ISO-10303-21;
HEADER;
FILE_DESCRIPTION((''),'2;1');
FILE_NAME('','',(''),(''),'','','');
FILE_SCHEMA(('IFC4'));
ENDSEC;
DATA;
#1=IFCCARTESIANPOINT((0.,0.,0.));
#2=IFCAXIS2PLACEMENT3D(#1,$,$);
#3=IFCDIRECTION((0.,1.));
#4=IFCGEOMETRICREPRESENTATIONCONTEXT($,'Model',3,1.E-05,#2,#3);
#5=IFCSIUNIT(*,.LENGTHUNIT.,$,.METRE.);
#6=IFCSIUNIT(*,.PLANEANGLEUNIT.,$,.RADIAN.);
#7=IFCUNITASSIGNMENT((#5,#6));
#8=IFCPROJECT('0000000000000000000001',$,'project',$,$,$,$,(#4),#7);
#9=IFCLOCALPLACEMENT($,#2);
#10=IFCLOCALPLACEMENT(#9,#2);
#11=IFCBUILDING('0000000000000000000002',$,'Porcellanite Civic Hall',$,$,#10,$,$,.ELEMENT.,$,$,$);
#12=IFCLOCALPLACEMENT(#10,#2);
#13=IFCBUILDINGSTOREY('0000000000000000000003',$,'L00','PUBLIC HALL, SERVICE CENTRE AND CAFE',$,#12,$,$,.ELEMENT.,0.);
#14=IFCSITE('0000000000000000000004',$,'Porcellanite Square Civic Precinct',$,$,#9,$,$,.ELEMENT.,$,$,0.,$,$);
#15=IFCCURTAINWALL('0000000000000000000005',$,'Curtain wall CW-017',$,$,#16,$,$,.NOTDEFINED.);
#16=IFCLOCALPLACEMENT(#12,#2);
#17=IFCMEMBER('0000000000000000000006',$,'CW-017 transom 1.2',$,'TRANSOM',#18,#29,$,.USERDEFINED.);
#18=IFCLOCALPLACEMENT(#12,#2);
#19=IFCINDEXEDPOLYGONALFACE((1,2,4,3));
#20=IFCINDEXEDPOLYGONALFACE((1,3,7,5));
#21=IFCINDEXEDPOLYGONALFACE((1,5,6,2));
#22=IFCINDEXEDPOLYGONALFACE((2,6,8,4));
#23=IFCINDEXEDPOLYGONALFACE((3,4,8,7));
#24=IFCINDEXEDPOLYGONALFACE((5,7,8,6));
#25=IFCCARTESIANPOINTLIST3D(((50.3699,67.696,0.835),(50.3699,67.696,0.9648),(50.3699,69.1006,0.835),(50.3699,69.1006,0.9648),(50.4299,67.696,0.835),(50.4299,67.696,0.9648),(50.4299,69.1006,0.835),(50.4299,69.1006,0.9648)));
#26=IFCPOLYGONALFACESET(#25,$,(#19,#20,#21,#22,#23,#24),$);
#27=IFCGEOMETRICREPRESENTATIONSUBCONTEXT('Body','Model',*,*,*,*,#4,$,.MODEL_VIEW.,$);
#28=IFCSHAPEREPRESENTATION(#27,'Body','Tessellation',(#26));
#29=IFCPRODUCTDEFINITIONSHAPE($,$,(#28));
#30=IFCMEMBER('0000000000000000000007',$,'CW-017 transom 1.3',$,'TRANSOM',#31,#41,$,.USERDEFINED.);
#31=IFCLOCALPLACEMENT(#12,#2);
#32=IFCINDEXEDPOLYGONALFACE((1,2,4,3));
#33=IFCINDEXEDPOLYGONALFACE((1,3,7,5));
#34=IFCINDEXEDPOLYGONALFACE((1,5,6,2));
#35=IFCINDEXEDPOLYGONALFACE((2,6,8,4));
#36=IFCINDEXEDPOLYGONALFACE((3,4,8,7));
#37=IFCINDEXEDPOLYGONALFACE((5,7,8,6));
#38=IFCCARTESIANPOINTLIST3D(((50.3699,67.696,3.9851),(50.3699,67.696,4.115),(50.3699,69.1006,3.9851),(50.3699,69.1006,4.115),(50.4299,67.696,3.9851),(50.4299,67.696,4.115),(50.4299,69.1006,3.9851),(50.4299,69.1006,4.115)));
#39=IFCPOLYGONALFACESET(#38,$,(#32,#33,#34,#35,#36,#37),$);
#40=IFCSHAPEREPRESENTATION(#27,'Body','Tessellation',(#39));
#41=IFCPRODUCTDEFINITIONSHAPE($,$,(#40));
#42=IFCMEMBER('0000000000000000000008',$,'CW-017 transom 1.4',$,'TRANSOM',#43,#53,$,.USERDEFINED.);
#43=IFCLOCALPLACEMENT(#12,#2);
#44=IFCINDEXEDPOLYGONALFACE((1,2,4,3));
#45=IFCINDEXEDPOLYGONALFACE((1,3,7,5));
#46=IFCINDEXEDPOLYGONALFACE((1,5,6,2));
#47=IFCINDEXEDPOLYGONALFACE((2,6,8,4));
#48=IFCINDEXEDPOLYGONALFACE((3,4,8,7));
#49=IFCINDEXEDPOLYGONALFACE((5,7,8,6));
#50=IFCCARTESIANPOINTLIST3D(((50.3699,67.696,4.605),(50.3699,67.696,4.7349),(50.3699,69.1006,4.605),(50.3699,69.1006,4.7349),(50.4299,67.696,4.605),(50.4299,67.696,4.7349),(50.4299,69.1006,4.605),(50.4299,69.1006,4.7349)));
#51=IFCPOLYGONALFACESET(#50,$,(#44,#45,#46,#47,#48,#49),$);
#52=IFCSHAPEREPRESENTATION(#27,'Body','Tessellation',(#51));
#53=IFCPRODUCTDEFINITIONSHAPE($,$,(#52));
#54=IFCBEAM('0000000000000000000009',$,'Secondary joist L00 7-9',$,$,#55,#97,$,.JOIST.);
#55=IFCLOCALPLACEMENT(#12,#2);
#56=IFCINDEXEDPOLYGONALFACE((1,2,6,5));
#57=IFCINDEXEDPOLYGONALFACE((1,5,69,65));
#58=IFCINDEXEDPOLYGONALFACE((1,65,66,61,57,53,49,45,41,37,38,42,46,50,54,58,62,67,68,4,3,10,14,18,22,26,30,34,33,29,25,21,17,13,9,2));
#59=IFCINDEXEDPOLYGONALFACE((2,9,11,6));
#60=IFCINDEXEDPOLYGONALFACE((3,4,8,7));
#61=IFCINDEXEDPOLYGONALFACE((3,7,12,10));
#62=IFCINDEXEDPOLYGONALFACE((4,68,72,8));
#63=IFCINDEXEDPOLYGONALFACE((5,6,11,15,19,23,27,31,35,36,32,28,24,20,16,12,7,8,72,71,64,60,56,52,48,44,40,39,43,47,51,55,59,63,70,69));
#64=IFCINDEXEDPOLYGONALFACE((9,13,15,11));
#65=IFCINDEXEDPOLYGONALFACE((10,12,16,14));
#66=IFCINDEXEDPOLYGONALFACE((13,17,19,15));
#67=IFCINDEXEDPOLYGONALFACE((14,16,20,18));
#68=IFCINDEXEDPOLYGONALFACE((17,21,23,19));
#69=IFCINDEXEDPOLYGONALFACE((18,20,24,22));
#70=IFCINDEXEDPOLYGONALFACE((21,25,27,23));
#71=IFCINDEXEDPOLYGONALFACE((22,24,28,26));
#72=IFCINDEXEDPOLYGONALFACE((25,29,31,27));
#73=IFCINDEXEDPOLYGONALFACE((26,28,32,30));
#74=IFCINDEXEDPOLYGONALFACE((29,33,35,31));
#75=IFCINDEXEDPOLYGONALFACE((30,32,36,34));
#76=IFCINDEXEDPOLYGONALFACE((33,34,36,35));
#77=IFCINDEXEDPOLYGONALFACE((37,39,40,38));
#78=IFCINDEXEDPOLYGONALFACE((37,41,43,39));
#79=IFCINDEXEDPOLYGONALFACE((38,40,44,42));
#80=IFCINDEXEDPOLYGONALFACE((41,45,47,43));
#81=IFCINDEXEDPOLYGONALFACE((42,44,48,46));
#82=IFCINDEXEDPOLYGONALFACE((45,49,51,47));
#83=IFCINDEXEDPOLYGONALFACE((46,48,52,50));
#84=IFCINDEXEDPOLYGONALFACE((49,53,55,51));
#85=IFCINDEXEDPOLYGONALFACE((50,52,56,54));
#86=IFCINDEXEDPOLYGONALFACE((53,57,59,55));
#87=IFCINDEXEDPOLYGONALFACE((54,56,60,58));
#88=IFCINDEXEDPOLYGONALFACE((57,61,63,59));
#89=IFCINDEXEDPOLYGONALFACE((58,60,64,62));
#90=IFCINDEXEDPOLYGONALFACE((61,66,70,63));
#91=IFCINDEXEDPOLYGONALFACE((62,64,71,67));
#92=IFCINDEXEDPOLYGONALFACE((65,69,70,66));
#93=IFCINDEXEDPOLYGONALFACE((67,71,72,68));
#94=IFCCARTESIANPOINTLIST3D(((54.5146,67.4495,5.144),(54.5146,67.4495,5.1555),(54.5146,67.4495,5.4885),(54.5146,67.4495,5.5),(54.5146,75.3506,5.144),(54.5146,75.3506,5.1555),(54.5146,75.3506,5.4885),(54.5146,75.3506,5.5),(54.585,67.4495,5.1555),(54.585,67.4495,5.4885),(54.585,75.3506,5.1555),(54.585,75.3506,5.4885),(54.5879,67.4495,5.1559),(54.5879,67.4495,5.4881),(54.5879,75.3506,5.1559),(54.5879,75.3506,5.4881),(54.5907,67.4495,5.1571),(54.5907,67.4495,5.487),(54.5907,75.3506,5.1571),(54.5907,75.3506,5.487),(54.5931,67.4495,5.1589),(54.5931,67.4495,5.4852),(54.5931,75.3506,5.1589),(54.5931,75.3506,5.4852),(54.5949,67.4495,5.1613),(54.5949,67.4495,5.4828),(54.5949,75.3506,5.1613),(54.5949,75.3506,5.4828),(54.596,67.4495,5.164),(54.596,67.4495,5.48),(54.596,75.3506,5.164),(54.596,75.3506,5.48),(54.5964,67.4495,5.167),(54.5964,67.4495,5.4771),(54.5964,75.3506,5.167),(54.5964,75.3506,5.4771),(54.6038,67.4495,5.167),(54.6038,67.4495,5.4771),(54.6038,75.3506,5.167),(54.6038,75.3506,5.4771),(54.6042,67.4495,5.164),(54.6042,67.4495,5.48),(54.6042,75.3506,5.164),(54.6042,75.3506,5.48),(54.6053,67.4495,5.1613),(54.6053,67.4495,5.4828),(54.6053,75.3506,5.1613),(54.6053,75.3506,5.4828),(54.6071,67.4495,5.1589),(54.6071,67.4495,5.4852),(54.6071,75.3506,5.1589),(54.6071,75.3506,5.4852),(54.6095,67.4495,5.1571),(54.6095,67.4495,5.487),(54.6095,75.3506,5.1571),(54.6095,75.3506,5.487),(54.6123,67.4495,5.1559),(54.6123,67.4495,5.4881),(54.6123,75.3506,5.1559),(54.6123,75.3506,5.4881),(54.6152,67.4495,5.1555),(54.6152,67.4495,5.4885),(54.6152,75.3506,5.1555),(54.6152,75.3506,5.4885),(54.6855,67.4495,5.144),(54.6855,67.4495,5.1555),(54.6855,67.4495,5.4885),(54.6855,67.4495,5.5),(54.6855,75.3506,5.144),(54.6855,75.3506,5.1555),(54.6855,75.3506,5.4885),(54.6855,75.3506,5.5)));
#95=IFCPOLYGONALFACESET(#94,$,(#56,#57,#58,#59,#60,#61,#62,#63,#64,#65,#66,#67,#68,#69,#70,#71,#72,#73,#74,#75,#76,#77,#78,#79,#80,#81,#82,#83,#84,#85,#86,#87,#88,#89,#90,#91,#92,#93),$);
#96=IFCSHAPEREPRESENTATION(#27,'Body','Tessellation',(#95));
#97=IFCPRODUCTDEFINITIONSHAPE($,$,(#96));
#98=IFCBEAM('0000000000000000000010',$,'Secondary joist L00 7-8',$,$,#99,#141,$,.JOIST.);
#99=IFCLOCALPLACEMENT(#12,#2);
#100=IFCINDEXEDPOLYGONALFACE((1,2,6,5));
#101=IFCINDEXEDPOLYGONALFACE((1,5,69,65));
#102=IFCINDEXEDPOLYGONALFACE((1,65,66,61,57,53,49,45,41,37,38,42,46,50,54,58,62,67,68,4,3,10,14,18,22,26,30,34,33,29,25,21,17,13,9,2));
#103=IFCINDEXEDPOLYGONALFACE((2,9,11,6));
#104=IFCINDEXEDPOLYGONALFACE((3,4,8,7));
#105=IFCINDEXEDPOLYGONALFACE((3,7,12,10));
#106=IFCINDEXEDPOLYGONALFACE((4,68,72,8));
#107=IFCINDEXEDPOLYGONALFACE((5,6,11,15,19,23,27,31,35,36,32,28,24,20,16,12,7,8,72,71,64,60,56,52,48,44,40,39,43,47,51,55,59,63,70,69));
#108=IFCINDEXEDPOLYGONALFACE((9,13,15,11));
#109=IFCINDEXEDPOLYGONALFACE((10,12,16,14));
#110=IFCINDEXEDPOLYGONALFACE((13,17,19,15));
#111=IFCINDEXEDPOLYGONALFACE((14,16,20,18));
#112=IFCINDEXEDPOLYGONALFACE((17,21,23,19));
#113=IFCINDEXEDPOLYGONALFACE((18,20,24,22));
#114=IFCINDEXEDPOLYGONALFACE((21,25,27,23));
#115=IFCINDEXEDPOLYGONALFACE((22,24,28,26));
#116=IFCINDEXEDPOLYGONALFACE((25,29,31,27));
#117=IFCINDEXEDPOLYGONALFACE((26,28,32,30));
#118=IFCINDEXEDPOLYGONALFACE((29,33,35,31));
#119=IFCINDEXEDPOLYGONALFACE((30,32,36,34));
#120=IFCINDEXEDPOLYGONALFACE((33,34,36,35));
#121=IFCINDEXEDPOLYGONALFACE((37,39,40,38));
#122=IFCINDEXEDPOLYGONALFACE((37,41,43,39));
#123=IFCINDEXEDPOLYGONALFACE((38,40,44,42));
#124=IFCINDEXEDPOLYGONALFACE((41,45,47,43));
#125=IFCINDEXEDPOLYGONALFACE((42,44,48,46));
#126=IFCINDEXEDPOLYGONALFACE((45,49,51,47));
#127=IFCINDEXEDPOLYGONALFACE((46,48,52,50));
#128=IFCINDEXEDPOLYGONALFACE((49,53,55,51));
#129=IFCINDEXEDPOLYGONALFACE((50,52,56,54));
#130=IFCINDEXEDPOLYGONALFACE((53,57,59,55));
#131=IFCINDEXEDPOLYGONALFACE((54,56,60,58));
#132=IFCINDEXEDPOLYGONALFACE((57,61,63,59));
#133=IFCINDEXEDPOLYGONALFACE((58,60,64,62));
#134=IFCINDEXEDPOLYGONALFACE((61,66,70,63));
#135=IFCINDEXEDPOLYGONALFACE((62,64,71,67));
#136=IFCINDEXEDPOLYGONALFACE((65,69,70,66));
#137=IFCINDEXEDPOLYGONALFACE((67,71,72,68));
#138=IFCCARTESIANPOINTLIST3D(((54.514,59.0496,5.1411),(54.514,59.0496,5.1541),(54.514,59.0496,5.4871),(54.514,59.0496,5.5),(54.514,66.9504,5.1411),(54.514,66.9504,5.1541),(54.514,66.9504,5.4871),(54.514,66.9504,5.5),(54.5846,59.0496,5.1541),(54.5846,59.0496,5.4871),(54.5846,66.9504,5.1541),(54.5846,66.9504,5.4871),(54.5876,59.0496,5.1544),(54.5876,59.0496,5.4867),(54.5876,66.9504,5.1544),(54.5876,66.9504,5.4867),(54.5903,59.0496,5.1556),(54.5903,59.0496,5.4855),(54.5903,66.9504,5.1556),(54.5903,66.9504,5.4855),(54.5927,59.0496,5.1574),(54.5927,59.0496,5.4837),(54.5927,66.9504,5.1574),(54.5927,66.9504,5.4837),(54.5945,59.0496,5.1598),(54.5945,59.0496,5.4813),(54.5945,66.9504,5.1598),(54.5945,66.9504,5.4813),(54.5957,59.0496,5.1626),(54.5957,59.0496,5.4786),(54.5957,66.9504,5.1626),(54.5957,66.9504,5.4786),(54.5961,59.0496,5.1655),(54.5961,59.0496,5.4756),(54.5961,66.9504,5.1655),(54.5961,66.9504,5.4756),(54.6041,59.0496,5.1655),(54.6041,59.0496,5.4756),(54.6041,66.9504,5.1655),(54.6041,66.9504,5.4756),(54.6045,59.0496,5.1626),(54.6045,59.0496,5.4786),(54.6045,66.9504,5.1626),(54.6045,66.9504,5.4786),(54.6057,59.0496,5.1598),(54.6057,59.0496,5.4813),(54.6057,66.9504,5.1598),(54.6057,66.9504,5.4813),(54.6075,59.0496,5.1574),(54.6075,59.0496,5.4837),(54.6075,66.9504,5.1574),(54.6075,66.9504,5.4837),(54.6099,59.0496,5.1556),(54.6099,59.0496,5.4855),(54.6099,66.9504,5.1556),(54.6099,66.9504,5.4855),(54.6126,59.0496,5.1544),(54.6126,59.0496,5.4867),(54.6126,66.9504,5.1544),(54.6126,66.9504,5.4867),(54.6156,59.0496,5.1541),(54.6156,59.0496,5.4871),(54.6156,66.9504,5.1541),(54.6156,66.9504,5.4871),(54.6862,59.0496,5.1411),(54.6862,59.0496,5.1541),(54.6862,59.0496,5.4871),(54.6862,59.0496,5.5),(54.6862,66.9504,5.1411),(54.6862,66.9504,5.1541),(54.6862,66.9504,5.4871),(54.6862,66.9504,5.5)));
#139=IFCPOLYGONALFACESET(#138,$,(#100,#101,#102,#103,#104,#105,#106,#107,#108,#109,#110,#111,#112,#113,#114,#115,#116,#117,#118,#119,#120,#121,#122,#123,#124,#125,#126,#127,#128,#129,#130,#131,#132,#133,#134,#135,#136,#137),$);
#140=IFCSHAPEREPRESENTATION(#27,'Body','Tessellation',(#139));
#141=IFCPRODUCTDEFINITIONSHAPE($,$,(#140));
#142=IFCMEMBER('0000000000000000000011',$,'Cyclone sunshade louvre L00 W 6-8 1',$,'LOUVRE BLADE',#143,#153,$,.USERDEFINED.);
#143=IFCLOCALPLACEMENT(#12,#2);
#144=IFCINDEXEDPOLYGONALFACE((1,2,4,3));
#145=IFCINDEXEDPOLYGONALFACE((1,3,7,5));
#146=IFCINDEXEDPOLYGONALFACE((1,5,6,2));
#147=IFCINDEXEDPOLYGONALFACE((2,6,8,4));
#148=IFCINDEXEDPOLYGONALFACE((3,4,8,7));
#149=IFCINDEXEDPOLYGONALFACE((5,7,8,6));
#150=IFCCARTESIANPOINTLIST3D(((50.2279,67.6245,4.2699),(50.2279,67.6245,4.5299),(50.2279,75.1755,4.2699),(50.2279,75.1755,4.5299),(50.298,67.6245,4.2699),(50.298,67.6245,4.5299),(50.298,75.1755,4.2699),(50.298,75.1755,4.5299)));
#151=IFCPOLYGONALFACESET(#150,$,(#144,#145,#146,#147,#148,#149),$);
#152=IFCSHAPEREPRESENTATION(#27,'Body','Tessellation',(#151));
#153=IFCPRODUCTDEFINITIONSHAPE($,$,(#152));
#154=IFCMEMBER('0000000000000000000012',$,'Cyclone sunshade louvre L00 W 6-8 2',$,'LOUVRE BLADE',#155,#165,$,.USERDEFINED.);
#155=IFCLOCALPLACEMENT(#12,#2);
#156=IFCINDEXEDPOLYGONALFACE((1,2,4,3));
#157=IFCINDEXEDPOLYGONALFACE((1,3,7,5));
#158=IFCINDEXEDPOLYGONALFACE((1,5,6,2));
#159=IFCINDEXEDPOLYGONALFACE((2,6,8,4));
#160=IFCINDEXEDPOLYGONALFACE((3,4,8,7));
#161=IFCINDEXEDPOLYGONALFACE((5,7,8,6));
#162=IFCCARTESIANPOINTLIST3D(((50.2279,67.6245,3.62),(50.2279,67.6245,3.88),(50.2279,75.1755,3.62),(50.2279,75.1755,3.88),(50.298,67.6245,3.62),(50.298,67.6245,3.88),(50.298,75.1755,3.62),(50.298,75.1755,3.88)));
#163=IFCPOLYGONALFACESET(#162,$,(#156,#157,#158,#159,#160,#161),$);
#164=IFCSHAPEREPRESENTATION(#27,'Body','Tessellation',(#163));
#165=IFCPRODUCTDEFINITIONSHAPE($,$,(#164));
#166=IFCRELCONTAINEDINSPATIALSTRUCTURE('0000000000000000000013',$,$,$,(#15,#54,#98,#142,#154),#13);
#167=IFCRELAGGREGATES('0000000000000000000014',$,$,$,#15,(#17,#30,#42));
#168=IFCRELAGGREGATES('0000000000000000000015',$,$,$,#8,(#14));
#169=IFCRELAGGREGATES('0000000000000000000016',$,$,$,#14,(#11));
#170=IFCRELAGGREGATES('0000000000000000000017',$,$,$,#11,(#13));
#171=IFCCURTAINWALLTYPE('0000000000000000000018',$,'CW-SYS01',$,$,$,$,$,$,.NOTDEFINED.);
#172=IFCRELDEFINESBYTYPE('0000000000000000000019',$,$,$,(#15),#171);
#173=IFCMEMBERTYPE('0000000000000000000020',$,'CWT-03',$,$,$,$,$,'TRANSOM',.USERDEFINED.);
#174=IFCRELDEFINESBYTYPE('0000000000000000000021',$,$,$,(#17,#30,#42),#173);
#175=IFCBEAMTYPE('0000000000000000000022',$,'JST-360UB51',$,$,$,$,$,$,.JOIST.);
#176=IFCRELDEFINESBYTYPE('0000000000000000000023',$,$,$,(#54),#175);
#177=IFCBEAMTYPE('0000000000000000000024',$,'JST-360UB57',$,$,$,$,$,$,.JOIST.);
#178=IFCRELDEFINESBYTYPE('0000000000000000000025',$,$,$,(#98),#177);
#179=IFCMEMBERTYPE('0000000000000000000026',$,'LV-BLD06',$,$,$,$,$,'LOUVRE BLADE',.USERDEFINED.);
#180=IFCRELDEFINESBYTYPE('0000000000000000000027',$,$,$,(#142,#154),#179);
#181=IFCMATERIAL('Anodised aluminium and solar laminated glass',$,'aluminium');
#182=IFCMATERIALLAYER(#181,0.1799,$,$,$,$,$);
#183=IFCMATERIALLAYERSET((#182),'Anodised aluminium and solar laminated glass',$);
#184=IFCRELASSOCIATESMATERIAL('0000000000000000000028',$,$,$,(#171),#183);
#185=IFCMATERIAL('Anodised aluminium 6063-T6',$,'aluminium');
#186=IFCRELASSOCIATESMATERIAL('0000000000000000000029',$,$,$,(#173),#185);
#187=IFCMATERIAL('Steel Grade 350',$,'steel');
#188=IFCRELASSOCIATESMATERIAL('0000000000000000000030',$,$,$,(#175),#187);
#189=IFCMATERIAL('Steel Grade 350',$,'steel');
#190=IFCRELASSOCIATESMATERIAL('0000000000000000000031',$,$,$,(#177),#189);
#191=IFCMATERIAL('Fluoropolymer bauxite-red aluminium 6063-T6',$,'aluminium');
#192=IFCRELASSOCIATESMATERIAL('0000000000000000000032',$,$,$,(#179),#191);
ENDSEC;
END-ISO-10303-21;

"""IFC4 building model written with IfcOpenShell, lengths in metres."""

from ifc_helpers import new_model, si_unit, direction, frame, origin, origin_2d, place, context, subcontext, project, spatial, rectangle, i_section, extrude, material, layer, layer_set, material_profile, profile_set, type_object, element, aggregate, save


model = new_model("IFC4")

# Units and contexts
model_context = context("Model", 3, precision=1e-05, world=origin(), true_north=direction((0.0, 1.0)))
body_context = subcontext(model_context, "Body", "Model", "MODEL_VIEW")
ifc_project = project(units=[si_unit("LENGTHUNIT", "METRE"), si_unit("PLANEANGLEUNIT", "RADIAN")], contexts=[model_context])

# Site, building, storey
site_placement = place(None, origin())
site = spatial("IfcSite", under=ifc_project, at=site_placement, Name="Porcellanite Square Civic Precinct", CompositionType="ELEMENT", RefElevation=0.0)
building_placement = place(site_placement, origin())
building = spatial("IfcBuilding", under=site, at=building_placement, Name="Porcellanite Civic Hall", CompositionType="ELEMENT")
storey_placement = place(building_placement, origin())
storey = spatial("IfcBuildingStorey", under=building, at=storey_placement, Name="L00", Description="PUBLIC HALL, SERVICE CENTRE AND CAFE", CompositionType="ELEMENT", Elevation=0.0)

# Curtain wall, members
ifc_material_1 = material(Name="Anodised aluminium and solar laminated glass", Category="aluminium")
ifc_layer_1 = layer(ifc_material_1, 0.1799)
ifc_layer_set_1 = layer_set([ifc_layer_1], Name="Anodised aluminium and solar laminated glass")
curtain_wall_type_1 = type_object("IfcCurtainWallType", Name="CW-SYS01", PredefinedType="NOTDEFINED", material=ifc_layer_set_1)
curtain_wall_1_placement = place(storey_placement, origin())
curtain_wall_1 = element("IfcCurtainWall", 1, at=curtain_wall_1_placement, inside=storey, type_object=curtain_wall_type_1, Name="Curtain wall CW-017", PredefinedType="NOTDEFINED")
ifc_material_2 = material(Name="Anodised aluminium 6063-T6", Category="aluminium")
ifc_material_profile_1 = material_profile(ifc_material_2, rectangle(XDim=0.0601, YDim=0.1299, at=origin_2d()), Name="AL-60x130")
ifc_profile_set_1 = profile_set([ifc_material_profile_1], Name="Anodised aluminium 6063-T6")
member_type_1 = type_object("IfcMemberType", Name="CWT-03", ElementType="TRANSOM", PredefinedType="USERDEFINED", material=ifc_profile_set_1)
member_1_placement = place(storey_placement, frame((50.3999, 67.696, 0.8999), z_axis=(0.0, 1.0, 0.0), x_axis=(-1.0, 0.0, 0.0)))
member_1 = element("IfcMember", 2, at=member_1_placement, type_object=member_type_1, Name="CW-017 transom 1.2", ObjectType="TRANSOM", PredefinedType="USERDEFINED", context=body_context, shape_type="SweptSolid", body=[
    extrude(rectangle(XDim=0.0601, YDim=0.1299, at=origin_2d()), origin(), (0.0, 0.0, 1.0), 1.4045),
])
member_2_placement = place(storey_placement, frame((50.3999, 67.696, 4.05), z_axis=(0.0, 1.0, 0.0), x_axis=(-1.0, 0.0, 0.0)))
member_2 = element("IfcMember", 3, at=member_2_placement, type_object=member_type_1, Name="CW-017 transom 1.3", ObjectType="TRANSOM", PredefinedType="USERDEFINED", context=body_context, shape_type="SweptSolid", body=[
    extrude(rectangle(XDim=0.0601, YDim=0.1299, at=origin_2d()), origin(), (0.0, 0.0, 1.0), 1.4045),
])
member_3_placement = place(storey_placement, frame((50.3999, 67.696, 4.6699), z_axis=(0.0, 1.0, 0.0), x_axis=(-1.0, 0.0, 0.0)))
member_3 = element("IfcMember", 4, at=member_3_placement, type_object=member_type_1, Name="CW-017 transom 1.4", ObjectType="TRANSOM", PredefinedType="USERDEFINED", context=body_context, shape_type="SweptSolid", body=[
    extrude(rectangle(XDim=0.0601, YDim=0.1299, at=origin_2d()), origin(), (0.0, 0.0, 1.0), 1.4045),
])

# Beams
ifc_material_3 = material(Name="Steel Grade 350", Category="steel")
ifc_material_profile_2 = material_profile(ifc_material_3, i_section(OverallWidth=0.1709, OverallDepth=0.356, WebThickness=0.0073, FlangeThickness=0.0115, FilletRadius=0.0115, at=origin_2d()), Name="360UB50.7")
ifc_profile_set_2 = profile_set([ifc_material_profile_2], Name="Steel Grade 350")
beam_type_1 = type_object("IfcBeamType", Name="JST-360UB51", PredefinedType="JOIST", material=ifc_profile_set_2)
beam_1_placement = place(storey_placement, frame((54.6001, 67.4495, 5.322), z_axis=(0.0, 1.0, 0.0), x_axis=(-1.0, 0.0, 0.0)))
element("IfcBeam", 5, at=beam_1_placement, inside=storey, type_object=beam_type_1, Name="Secondary joist L00 7-9", PredefinedType="JOIST", context=body_context, shape_type="SweptSolid", body=[
    extrude(i_section(OverallWidth=0.1709, OverallDepth=0.356, WebThickness=0.0073, FlangeThickness=0.0115, FilletRadius=0.0115, at=origin_2d()), origin(), (0.0, 0.0, 1.0), 7.9011),
])
ifc_material_4 = material(Name="Steel Grade 350", Category="steel")
ifc_material_profile_3 = material_profile(ifc_material_4, i_section(OverallWidth=0.1721, OverallDepth=0.3589, WebThickness=0.0081, FlangeThickness=0.0129, FilletRadius=0.0115, at=origin_2d()), Name="360UB56.7")
ifc_profile_set_3 = profile_set([ifc_material_profile_3], Name="Steel Grade 350")
beam_type_2 = type_object("IfcBeamType", Name="JST-360UB57", PredefinedType="JOIST", material=ifc_profile_set_3)
beam_2_placement = place(storey_placement, frame((54.6001, 59.0496, 5.3206), z_axis=(0.0, 1.0, 0.0), x_axis=(-1.0, 0.0, 0.0)))
element("IfcBeam", 6, at=beam_2_placement, inside=storey, type_object=beam_type_2, Name="Secondary joist L00 7-8", PredefinedType="JOIST", context=body_context, shape_type="SweptSolid", body=[
    extrude(i_section(OverallWidth=0.1721, OverallDepth=0.3589, WebThickness=0.0081, FlangeThickness=0.0129, FilletRadius=0.0115, at=origin_2d()), origin(), (0.0, 0.0, 1.0), 7.9009),
])

# Members
ifc_material_5 = material(Name="Fluoropolymer bauxite-red aluminium 6063-T6", Category="aluminium")
ifc_material_profile_4 = material_profile(ifc_material_5, rectangle(XDim=0.0701, YDim=0.26, at=origin_2d()), Name="AL-70x260")
ifc_profile_set_4 = profile_set([ifc_material_profile_4], Name="Fluoropolymer bauxite-red aluminium 6063-T6")
member_type_2 = type_object("IfcMemberType", Name="LV-BLD06", ElementType="LOUVRE BLADE", PredefinedType="USERDEFINED", material=ifc_profile_set_4)
for number, where, z_axis, x_axis, name in (
    (7, (50.2629, 67.6245, 4.3999), (0.0, 1.0, 0.0), (-1.0, 0.0, 0.0), "Cyclone sunshade louvre L00 W 6-8 1"),
    (8, (50.2629, 67.6245, 3.75), (0.0, 1.0, 0.0), (-1.0, 0.0, 0.0), "Cyclone sunshade louvre L00 W 6-8 2"),
):
    element("IfcMember", number, at=place(storey_placement, frame(where, z_axis=z_axis, x_axis=x_axis)), inside=storey, type_object=member_type_2, Name=name, ObjectType="LOUVRE BLADE", PredefinedType="USERDEFINED", context=body_context, shape_type="SweptSolid", body=[
        extrude(rectangle(XDim=0.0701, YDim=0.26, at=origin_2d()), origin(), (0.0, 0.0, 1.0), 7.551),
    ])

aggregate(curtain_wall_1, [member_1, member_2, member_3])

save(model, "model.ifc")
